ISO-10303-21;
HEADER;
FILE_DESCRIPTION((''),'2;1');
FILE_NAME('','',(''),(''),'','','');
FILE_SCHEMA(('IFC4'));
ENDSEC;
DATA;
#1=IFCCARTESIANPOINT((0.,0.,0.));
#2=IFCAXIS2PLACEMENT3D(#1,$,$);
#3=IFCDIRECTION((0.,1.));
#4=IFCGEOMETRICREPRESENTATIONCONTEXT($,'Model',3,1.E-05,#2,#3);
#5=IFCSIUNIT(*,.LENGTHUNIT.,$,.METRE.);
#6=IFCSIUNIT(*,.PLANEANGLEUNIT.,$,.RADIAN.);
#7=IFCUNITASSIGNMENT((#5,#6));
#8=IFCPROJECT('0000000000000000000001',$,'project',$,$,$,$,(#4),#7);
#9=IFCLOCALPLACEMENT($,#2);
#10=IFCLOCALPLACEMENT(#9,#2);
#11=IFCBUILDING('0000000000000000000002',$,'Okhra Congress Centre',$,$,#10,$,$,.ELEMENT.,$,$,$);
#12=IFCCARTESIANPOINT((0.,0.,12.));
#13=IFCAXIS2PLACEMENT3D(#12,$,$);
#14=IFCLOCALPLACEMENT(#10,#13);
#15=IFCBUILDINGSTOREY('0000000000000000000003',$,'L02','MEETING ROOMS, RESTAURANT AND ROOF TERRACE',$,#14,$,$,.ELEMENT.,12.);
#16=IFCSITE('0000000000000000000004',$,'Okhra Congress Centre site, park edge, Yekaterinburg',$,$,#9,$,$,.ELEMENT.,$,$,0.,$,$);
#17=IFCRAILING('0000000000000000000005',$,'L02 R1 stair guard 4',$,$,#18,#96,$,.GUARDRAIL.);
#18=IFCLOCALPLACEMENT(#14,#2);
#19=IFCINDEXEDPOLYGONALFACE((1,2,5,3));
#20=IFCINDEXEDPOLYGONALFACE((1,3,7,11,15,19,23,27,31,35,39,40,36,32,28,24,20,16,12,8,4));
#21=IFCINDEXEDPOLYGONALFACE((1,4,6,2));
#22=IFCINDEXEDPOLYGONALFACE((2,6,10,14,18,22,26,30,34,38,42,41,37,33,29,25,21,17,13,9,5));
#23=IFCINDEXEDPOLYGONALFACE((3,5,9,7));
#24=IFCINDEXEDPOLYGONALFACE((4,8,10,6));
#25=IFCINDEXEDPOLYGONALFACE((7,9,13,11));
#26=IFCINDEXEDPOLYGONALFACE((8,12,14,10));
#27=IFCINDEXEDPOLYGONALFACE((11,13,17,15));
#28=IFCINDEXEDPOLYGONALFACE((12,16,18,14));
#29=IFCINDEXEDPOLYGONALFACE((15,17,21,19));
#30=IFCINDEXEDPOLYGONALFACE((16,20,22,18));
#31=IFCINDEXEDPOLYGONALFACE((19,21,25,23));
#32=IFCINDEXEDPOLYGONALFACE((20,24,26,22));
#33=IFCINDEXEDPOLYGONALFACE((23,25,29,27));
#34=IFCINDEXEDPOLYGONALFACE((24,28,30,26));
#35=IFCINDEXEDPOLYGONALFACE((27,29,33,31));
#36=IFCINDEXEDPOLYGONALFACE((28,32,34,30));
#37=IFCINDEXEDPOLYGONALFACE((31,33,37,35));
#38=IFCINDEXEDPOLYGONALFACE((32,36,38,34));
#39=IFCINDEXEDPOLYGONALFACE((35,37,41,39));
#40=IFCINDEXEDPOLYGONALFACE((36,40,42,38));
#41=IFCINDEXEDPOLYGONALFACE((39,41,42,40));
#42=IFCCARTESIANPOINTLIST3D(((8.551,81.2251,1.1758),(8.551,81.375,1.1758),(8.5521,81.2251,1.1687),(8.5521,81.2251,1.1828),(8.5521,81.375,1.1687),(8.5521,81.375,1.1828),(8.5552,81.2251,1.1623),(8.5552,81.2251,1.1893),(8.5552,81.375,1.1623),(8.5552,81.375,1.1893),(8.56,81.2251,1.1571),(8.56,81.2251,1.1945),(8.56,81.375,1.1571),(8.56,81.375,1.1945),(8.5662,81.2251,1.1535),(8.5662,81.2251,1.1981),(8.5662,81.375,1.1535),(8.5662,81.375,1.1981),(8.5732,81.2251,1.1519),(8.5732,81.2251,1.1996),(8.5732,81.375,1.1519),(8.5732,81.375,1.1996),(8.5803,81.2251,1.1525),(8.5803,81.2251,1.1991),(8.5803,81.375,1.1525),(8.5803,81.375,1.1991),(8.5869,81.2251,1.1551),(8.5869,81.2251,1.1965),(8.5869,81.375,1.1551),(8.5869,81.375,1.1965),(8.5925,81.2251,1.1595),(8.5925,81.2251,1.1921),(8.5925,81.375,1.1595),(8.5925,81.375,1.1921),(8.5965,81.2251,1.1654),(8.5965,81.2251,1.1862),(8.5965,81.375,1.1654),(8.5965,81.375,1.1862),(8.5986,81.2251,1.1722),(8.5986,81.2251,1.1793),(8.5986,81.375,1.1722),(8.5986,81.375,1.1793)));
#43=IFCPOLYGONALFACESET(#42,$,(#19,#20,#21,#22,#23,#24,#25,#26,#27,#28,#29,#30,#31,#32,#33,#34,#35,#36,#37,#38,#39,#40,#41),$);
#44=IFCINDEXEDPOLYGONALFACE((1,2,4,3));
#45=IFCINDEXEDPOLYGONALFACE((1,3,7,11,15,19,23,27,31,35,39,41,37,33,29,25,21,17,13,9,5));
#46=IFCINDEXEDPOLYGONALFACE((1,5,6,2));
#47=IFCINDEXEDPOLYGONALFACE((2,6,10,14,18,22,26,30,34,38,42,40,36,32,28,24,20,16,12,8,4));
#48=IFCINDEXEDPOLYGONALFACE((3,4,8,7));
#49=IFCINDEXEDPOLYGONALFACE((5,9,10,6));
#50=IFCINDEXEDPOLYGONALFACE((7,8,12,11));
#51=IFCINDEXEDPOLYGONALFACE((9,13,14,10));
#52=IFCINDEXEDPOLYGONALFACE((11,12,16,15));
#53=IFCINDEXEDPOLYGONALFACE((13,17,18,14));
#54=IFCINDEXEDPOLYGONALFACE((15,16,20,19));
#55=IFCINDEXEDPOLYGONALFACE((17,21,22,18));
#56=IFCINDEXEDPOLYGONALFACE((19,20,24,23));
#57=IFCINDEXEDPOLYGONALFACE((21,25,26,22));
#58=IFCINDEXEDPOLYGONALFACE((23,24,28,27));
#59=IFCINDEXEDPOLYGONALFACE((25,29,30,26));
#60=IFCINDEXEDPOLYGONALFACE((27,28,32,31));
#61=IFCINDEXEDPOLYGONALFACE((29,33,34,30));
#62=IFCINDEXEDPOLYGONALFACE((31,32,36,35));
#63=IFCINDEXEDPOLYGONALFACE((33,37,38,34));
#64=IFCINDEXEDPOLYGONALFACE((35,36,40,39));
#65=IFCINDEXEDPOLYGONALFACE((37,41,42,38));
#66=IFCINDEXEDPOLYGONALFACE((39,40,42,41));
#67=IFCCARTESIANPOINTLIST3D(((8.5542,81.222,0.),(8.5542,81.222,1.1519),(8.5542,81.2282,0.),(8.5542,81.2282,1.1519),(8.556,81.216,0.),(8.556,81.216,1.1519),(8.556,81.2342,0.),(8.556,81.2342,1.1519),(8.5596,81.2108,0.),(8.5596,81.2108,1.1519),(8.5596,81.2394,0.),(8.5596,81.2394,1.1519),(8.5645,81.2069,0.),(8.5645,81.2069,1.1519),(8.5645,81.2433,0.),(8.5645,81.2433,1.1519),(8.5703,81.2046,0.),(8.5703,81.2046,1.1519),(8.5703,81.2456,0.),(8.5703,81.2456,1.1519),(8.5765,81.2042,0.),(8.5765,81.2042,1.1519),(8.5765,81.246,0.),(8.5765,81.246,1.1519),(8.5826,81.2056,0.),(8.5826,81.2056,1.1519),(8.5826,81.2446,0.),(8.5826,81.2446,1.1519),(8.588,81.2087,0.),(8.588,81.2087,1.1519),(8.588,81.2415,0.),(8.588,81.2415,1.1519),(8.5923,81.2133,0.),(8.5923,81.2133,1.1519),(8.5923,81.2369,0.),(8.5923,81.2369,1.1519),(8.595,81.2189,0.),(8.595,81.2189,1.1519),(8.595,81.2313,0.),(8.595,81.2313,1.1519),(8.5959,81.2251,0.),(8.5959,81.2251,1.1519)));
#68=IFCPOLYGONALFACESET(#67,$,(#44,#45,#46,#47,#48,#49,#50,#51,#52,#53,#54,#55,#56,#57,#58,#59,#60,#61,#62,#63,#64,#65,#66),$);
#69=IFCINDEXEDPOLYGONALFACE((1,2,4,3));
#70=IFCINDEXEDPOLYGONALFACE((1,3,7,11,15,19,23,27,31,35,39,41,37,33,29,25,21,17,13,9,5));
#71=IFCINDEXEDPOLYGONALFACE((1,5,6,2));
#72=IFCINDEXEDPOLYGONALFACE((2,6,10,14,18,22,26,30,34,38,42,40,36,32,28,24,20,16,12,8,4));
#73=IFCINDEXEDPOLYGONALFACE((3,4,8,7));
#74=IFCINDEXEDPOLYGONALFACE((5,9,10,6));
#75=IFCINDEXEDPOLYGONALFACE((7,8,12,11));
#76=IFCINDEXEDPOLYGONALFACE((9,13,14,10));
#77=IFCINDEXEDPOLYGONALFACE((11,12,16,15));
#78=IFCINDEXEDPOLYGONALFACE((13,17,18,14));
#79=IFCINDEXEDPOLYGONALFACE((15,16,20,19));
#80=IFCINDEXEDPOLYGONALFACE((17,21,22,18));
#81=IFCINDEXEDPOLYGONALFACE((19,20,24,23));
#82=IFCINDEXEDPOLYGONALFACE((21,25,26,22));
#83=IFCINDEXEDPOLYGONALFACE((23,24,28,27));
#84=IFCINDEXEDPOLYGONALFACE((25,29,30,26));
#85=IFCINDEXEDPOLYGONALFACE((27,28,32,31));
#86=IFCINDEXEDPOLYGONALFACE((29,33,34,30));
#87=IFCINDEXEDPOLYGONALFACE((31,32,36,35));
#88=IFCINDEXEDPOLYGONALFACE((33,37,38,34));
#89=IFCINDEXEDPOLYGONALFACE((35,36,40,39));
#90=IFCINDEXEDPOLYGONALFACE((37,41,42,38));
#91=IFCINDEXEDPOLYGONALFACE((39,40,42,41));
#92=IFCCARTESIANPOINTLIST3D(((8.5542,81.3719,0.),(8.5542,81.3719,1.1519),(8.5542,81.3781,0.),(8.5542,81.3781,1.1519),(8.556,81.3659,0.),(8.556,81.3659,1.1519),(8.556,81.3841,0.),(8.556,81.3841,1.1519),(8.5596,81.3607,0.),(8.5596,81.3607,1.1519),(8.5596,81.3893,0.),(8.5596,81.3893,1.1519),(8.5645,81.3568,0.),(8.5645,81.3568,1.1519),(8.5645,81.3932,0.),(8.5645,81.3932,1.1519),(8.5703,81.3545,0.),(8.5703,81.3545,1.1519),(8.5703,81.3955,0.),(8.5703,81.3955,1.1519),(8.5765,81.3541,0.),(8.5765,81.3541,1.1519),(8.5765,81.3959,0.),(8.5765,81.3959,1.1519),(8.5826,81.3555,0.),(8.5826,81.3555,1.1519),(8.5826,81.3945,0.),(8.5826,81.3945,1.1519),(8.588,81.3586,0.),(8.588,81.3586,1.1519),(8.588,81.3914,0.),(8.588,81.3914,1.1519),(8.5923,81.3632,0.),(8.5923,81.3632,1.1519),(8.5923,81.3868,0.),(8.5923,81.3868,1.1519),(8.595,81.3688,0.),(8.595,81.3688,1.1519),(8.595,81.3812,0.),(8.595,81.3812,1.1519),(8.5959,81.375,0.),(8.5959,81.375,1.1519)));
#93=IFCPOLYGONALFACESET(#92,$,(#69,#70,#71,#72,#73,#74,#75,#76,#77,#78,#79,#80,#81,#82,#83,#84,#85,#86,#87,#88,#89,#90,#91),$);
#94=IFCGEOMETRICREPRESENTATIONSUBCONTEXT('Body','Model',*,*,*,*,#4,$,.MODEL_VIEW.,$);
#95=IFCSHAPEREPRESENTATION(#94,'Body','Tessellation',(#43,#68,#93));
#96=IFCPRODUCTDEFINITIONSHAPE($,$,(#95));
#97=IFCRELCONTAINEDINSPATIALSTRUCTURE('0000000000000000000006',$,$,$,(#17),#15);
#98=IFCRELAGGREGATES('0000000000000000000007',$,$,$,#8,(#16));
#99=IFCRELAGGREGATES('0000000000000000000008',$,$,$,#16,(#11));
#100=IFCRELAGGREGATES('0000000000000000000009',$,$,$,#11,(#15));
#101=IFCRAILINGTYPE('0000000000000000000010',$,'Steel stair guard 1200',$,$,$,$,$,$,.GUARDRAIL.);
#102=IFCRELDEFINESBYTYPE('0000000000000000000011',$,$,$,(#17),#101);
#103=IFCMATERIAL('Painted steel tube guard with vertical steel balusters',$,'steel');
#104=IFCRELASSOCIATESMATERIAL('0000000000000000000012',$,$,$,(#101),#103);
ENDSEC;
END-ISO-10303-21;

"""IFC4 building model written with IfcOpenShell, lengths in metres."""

from ifc_helpers import new_model, si_unit, direction, frame, origin, origin_2d, place, context, subcontext, project, spatial, circle, extrude, material, type_object, element, save


model = new_model("IFC4")

# Units and contexts
model_context = context("Model", 3, precision=1e-05, world=origin(), true_north=direction((0.0, 1.0)))
body_context = subcontext(model_context, "Body", "Model", "MODEL_VIEW")
ifc_project = project(units=[si_unit("LENGTHUNIT", "METRE"), si_unit("PLANEANGLEUNIT", "RADIAN")], contexts=[model_context])

# Site, building, storey
site_placement = place(None, origin())
site = spatial("IfcSite", under=ifc_project, at=site_placement, Name="Okhra Congress Centre site, park edge, Yekaterinburg", CompositionType="ELEMENT", RefElevation=0.0)
building_placement = place(site_placement, origin())
building = spatial("IfcBuilding", under=site, at=building_placement, Name="Okhra Congress Centre", CompositionType="ELEMENT")
storey_placement = place(building_placement, frame((0.0, 0.0, 12.0)))
storey = spatial("IfcBuildingStorey", under=building, at=storey_placement, Name="L02", Description="MEETING ROOMS, RESTAURANT AND ROOF TERRACE", CompositionType="ELEMENT", Elevation=12.0)

# Railing
ifc_material_1 = material(Name="Painted steel tube guard with vertical steel balusters", Category="steel")
railing_type_1 = type_object("IfcRailingType", Name="Steel stair guard 1200", PredefinedType="GUARDRAIL", material=ifc_material_1)
railing_1_placement = place(storey_placement, frame((8.575, 81.2251, 0.0)))
element("IfcRailing", 1, at=railing_1_placement, inside=storey, type_object=railing_type_1, Name="L02 R1 stair guard 4", PredefinedType="GUARDRAIL", context=body_context, shape_type="SweptSolid", body=[
    extrude(circle(Radius=0.0239, at=origin_2d()), frame((0.0, 0.0, 1.1758), z_axis=(0.0, 1.0, 0.0), x_axis=(-1.0, 0.0, 0.0)), (0.0, 0.0, 1.0), 0.1499),
    extrude(circle(Radius=0.021, at=origin_2d()), origin(), (0.0, 0.0, 1.0), 1.1519),
    extrude(circle(Radius=0.021, at=origin_2d()), frame((0.0, 0.1499, 0.0)), (0.0, 0.0, 1.0), 1.1519),
])

save(model, "model.ifc")
